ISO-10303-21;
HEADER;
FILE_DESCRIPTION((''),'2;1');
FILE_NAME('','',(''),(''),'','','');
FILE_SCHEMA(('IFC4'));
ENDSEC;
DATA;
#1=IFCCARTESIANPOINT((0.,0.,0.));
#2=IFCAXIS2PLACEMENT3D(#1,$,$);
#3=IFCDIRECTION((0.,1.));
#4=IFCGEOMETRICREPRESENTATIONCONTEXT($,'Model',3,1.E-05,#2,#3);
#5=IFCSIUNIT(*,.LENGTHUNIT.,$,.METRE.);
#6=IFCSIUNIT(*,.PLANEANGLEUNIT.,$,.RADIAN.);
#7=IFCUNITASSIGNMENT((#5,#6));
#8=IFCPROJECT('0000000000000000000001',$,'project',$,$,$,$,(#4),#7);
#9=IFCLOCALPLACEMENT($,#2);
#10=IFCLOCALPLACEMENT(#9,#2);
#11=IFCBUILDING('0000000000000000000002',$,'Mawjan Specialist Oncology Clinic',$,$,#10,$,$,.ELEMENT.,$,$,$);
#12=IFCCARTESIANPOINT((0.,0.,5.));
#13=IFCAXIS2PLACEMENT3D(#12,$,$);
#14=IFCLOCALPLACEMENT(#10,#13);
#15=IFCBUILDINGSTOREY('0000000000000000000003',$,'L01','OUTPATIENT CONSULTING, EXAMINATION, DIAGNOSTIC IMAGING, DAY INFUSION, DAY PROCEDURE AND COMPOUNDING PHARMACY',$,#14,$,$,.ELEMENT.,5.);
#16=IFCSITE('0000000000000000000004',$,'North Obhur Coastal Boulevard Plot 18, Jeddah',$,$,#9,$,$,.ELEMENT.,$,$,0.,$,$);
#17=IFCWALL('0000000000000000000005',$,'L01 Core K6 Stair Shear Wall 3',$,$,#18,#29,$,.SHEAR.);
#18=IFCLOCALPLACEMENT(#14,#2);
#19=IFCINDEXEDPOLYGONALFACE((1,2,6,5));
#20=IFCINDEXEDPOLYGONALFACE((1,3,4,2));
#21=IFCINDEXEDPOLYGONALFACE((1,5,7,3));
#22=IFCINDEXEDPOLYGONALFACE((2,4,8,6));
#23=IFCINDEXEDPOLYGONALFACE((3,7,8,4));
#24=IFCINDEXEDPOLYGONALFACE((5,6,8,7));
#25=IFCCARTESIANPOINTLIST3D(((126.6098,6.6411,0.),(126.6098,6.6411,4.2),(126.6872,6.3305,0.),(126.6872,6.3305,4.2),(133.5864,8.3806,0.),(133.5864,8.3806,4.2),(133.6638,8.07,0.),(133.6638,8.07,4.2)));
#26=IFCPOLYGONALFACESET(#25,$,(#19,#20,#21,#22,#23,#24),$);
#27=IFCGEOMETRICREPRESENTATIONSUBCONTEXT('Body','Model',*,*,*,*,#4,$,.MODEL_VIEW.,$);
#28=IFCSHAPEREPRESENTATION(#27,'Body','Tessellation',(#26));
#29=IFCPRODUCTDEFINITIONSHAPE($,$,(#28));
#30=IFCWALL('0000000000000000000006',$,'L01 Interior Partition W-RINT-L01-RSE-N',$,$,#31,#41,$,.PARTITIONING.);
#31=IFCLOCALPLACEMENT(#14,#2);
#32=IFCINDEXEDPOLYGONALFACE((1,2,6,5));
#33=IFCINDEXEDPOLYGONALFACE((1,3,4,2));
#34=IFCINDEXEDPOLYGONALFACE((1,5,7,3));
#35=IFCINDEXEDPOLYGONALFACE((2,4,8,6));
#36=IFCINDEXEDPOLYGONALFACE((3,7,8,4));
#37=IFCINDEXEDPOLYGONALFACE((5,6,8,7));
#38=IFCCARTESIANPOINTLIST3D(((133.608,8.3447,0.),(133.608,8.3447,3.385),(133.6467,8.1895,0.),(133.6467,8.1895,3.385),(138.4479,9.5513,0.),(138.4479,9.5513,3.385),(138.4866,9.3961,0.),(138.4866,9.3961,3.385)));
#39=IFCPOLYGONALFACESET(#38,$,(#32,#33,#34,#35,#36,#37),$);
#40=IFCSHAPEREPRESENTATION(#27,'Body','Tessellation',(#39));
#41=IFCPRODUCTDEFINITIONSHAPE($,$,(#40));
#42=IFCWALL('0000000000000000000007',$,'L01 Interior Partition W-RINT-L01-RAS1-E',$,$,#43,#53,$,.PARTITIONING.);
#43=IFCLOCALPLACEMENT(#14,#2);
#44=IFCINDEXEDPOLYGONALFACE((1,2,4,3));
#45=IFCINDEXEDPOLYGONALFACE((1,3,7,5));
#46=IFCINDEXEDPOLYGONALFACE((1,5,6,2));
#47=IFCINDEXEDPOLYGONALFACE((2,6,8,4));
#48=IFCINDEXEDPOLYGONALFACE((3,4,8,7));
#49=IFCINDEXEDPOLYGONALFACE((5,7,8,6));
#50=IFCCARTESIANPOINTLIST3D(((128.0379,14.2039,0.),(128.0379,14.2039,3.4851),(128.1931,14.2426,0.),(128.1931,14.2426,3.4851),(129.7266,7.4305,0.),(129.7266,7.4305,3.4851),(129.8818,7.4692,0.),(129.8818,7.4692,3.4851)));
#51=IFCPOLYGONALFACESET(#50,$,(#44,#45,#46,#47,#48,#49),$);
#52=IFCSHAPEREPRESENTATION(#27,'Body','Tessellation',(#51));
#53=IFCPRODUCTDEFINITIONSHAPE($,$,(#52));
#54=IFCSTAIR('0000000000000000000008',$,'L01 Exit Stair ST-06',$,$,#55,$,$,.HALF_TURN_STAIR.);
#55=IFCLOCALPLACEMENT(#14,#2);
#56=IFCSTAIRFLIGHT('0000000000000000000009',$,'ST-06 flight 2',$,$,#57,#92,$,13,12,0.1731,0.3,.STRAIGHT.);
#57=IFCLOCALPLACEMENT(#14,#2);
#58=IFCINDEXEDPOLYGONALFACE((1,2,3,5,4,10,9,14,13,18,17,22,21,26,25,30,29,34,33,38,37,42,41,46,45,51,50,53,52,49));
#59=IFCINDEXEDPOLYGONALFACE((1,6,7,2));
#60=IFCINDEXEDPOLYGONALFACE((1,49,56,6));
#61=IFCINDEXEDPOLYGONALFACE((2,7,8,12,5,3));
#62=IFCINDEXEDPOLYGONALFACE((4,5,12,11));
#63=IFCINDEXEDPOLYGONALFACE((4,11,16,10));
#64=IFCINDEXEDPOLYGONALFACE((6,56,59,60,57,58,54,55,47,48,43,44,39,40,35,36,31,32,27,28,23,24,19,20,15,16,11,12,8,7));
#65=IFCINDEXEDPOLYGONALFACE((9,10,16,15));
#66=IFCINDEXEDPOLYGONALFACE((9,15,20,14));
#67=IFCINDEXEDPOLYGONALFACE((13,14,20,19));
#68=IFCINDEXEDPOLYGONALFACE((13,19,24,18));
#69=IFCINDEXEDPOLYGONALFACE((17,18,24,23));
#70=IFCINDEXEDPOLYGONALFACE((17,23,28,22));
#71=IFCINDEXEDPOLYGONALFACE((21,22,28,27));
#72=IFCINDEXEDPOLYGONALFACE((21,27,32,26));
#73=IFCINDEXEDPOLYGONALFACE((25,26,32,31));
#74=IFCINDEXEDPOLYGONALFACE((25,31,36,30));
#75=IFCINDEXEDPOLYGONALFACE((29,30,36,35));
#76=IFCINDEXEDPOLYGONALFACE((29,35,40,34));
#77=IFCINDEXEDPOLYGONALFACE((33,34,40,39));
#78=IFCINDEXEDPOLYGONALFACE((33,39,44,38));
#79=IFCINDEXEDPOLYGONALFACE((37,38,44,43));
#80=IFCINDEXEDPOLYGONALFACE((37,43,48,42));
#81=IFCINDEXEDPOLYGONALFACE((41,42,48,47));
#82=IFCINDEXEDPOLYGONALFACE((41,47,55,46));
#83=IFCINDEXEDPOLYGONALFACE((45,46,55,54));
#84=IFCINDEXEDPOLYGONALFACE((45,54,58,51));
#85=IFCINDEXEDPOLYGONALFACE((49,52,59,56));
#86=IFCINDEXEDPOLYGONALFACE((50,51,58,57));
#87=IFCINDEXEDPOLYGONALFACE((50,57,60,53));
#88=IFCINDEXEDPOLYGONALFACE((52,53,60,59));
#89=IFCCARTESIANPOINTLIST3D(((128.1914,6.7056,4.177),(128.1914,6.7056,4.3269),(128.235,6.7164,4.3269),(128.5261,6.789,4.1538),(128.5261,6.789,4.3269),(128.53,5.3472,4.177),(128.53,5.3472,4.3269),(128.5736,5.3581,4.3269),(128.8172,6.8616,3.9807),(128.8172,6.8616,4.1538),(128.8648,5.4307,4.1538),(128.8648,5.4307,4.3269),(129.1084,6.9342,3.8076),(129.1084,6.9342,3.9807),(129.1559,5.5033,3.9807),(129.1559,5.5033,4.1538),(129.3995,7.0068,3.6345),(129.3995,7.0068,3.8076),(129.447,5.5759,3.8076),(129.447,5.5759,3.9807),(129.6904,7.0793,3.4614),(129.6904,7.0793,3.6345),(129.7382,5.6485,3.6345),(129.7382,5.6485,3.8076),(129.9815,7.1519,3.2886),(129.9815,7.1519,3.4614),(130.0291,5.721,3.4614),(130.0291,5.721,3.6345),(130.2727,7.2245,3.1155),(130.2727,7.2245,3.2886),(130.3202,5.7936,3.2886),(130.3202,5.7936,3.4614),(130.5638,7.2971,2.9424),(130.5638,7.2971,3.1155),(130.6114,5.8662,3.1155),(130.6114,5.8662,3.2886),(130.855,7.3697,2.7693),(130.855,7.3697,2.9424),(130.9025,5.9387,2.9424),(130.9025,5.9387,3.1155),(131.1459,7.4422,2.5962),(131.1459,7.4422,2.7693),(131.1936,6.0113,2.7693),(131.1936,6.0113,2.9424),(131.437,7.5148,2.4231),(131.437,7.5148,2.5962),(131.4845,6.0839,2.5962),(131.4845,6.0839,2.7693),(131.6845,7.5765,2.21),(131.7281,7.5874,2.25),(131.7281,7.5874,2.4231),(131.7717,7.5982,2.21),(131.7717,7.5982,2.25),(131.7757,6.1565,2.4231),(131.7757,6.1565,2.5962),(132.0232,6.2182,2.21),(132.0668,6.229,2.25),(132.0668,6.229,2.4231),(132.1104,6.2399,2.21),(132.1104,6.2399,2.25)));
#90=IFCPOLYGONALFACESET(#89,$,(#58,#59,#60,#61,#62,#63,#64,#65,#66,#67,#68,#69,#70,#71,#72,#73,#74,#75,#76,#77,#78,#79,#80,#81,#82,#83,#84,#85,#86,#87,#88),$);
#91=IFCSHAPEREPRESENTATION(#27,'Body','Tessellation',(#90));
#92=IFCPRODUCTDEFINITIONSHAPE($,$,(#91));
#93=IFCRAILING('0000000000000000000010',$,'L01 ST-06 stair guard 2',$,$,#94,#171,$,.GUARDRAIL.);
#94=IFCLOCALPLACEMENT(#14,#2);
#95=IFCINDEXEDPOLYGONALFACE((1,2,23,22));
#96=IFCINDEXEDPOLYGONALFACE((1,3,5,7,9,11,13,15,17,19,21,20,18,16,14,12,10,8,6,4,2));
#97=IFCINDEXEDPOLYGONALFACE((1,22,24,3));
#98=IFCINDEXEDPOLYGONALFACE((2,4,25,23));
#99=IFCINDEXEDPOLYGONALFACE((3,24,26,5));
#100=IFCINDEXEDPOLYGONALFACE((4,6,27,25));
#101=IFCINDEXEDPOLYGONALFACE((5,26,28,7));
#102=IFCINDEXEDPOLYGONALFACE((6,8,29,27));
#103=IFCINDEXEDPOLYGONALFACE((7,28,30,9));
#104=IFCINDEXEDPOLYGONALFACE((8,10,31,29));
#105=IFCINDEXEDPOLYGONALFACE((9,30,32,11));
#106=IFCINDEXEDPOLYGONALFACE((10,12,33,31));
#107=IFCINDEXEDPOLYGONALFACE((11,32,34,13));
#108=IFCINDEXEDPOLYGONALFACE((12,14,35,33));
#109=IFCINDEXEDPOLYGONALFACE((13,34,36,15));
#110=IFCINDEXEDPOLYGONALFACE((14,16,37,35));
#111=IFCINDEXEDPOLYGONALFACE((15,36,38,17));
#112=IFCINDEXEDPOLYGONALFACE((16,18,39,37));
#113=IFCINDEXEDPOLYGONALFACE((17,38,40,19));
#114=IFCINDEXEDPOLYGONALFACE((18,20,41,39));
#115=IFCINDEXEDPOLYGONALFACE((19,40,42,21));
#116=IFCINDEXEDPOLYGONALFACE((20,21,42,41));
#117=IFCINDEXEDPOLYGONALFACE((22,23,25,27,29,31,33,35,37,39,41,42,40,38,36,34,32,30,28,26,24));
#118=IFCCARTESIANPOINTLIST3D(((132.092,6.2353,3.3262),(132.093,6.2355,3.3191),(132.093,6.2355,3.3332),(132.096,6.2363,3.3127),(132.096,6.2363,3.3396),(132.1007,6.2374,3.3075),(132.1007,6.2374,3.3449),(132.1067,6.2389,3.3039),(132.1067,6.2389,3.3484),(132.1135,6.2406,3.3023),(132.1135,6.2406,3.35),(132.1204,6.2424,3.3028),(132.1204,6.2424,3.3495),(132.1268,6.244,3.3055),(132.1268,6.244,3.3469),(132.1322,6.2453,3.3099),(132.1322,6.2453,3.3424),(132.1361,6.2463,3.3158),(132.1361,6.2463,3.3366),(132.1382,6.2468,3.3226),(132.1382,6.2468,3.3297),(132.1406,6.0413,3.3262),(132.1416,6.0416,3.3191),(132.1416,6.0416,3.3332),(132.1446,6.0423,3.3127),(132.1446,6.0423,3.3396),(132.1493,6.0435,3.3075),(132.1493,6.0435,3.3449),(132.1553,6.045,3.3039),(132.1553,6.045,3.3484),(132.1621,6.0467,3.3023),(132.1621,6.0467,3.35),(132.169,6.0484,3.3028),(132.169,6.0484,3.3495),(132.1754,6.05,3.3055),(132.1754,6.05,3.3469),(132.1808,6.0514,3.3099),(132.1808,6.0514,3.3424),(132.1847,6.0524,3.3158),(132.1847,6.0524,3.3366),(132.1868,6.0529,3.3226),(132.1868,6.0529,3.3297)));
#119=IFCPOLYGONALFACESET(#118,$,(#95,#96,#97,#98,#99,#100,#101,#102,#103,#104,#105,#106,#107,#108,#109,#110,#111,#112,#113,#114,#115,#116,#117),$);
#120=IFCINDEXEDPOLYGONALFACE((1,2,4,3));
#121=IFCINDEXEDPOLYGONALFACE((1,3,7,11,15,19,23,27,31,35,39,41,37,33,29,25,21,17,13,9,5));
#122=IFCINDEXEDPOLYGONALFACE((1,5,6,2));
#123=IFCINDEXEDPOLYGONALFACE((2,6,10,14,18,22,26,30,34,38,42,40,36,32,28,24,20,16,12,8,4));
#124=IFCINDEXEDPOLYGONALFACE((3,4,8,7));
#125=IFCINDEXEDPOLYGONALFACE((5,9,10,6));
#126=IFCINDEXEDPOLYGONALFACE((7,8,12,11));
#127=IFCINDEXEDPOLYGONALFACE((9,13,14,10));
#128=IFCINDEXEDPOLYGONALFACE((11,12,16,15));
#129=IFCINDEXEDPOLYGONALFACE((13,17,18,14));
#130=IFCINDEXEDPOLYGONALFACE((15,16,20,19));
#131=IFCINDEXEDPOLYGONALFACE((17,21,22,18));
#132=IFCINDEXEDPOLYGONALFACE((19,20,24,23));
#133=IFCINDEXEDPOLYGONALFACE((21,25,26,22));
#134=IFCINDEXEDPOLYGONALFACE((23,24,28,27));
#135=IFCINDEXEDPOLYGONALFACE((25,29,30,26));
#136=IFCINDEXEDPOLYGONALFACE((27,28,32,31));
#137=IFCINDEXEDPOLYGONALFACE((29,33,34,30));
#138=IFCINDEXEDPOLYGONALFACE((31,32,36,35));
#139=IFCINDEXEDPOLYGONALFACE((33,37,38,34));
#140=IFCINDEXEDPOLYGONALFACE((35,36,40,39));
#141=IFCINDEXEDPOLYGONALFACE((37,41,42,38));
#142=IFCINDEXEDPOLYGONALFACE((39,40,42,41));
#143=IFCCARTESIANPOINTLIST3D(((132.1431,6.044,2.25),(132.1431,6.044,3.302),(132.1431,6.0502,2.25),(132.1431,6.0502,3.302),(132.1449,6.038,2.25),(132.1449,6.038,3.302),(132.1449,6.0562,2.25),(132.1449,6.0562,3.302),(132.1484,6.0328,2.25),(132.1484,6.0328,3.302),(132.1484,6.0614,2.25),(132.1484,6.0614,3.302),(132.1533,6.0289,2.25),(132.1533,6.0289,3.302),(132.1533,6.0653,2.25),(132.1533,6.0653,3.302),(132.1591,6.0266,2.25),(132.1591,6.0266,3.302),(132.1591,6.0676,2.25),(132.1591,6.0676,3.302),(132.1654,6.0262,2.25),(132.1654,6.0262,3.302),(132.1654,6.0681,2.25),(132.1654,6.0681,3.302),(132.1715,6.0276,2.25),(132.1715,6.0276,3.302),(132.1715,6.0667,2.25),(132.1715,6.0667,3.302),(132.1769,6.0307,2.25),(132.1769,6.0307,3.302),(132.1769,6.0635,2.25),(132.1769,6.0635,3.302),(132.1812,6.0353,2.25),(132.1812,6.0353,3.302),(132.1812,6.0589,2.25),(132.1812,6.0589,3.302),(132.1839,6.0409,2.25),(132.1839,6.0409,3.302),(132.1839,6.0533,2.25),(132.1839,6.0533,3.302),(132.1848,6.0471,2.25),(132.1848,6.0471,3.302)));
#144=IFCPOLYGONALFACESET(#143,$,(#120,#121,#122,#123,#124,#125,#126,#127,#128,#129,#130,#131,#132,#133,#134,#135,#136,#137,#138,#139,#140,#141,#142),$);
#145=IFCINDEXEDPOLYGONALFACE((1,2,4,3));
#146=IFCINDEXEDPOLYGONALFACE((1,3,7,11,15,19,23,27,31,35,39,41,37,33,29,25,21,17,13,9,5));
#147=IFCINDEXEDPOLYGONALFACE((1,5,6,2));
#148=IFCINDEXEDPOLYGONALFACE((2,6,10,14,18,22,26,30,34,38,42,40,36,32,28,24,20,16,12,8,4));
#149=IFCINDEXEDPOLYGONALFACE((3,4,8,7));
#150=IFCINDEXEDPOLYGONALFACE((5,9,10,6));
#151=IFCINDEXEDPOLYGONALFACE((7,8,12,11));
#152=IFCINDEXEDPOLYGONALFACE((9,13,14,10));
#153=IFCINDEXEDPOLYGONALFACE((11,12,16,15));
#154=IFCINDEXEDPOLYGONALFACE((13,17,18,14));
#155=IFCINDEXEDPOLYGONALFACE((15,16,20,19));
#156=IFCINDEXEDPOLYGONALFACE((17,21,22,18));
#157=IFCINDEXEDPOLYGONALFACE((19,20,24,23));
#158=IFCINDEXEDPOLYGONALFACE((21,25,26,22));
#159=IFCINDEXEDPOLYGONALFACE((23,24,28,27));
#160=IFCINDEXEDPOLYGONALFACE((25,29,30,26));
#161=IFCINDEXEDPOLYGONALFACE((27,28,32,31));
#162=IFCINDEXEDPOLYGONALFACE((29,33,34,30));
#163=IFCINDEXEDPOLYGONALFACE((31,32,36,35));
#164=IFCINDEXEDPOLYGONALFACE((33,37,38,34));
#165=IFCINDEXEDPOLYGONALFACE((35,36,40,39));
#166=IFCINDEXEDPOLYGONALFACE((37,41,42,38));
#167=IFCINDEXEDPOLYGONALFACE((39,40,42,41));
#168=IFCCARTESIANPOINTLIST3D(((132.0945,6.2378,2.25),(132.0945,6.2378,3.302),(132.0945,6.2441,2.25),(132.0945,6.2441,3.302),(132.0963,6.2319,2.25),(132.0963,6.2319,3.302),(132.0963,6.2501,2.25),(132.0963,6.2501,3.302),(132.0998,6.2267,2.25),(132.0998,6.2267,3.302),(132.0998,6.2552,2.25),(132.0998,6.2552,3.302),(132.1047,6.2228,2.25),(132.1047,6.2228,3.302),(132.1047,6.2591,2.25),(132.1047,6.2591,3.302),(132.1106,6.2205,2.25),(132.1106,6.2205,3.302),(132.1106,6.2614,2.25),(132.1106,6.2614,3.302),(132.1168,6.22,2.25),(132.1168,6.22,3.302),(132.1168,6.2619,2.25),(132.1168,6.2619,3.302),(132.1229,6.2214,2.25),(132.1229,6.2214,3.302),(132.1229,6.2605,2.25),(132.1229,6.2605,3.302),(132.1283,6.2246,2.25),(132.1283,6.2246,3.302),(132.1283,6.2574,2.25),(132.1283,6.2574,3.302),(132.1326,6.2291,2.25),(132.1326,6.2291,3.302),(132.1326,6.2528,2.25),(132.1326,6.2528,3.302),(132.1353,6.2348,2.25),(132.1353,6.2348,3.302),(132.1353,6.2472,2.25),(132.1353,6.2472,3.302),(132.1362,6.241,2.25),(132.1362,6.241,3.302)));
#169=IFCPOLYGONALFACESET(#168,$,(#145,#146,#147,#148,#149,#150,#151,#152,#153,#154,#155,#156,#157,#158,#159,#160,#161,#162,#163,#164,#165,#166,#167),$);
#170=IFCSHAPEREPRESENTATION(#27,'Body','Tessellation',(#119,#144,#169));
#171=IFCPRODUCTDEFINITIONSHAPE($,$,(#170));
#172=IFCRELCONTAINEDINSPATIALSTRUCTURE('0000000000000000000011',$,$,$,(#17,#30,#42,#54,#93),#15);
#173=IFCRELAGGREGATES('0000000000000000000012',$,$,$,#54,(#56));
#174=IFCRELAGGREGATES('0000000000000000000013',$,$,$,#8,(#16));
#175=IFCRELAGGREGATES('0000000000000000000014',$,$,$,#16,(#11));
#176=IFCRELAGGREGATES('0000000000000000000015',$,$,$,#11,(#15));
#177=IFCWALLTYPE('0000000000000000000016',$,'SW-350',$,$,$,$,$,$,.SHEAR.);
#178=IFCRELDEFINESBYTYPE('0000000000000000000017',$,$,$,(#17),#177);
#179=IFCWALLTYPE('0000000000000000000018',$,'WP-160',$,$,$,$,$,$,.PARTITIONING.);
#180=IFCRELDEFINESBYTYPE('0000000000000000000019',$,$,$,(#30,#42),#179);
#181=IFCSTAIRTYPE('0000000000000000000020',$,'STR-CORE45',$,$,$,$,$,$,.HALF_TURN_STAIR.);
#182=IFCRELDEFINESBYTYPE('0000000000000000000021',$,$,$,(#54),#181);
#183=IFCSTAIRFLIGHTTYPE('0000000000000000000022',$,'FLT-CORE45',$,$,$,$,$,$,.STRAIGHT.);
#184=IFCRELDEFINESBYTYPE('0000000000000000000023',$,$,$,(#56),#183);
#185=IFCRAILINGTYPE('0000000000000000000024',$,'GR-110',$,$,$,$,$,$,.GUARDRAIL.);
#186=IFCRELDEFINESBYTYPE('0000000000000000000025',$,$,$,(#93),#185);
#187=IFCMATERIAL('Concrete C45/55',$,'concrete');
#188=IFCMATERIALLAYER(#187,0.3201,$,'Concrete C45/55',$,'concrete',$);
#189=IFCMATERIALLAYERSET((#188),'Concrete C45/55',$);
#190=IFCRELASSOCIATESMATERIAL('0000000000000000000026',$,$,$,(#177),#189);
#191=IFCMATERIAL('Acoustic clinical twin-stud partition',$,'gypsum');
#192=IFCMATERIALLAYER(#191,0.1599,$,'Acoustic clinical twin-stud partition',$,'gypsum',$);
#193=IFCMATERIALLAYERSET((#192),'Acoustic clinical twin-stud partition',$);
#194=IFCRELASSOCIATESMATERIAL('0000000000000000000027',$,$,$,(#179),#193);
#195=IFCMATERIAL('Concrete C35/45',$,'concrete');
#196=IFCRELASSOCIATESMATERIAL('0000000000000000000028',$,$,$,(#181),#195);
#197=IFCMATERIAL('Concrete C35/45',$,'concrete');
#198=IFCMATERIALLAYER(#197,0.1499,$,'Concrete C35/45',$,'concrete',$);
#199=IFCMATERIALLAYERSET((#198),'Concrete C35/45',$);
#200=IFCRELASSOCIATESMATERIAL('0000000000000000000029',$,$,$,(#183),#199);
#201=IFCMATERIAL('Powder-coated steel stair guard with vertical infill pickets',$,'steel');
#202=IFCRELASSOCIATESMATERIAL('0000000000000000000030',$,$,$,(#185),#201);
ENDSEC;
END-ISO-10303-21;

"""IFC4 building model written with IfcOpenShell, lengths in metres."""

from ifc_helpers import new_model, si_unit, direction, frame, frame_2d, origin, origin_2d, place, context, subcontext, project, spatial, polyline, rectangle, circle, outline, extrude, material, layer, layer_set, type_object, element, aggregate, save


model = new_model("IFC4")

# Units and contexts
model_context = context("Model", 3, precision=1e-05, world=origin(), true_north=direction((0.0, 1.0)))
body_context = subcontext(model_context, "Body", "Model", "MODEL_VIEW")
ifc_project = project(units=[si_unit("LENGTHUNIT", "METRE"), si_unit("PLANEANGLEUNIT", "RADIAN")], contexts=[model_context])

# Site, building, storey
site_placement = place(None, origin())
site = spatial("IfcSite", under=ifc_project, at=site_placement, Name="North Obhur Coastal Boulevard Plot 18, Jeddah", CompositionType="ELEMENT", RefElevation=0.0)
building_placement = place(site_placement, origin())
building = spatial("IfcBuilding", under=site, at=building_placement, Name="Mawjan Specialist Oncology Clinic", CompositionType="ELEMENT")
storey_placement = place(building_placement, frame((0.0, 0.0, 5.0)))
storey = spatial("IfcBuildingStorey", under=building, at=storey_placement, Name="L01", Description="OUTPATIENT CONSULTING, EXAMINATION, DIAGNOSTIC IMAGING, DAY INFUSION, DAY PROCEDURE AND COMPOUNDING PHARMACY", CompositionType="ELEMENT", Elevation=5.0)

# Walls
ifc_material_1 = material(Name="Concrete C45/55", Category="concrete")
ifc_layer_1 = layer(ifc_material_1, 0.3201, Name="Concrete C45/55", Category="concrete")
ifc_layer_set_1 = layer_set([ifc_layer_1], Name="Concrete C45/55")
wall_type_1 = type_object("IfcWallType", Name="SW-350", PredefinedType="SHEAR", material=ifc_layer_set_1)
wall_1_placement = place(storey_placement, frame((133.6252, 8.2253, 0.0), z_axis=(0.0, 0.0, 1.0), x_axis=(-0.970294, -0.241928, 0.0)))
element("IfcWall", 1, at=wall_1_placement, inside=storey, type_object=wall_type_1, Name="L01 Core K6 Stair Shear Wall 3", PredefinedType="SHEAR", context=body_context, shape_type="SweptSolid", body=[
    extrude(rectangle(XDim=7.1902, YDim=0.3201, at=frame_2d((3.5952, 0.0))), origin(), (0.0, 0.0, 1.0), 4.2),
])
ifc_material_2 = material(Name="Acoustic clinical twin-stud partition", Category="gypsum")
ifc_layer_2 = layer(ifc_material_2, 0.1599, Name="Acoustic clinical twin-stud partition", Category="gypsum")
ifc_layer_set_2 = layer_set([ifc_layer_2], Name="Acoustic clinical twin-stud partition")
wall_type_2 = type_object("IfcWallType", Name="WP-160", PredefinedType="PARTITIONING", material=ifc_layer_set_2)
wall_2_placement = place(storey_placement, frame((133.6272, 8.2671, 0.0), z_axis=(0.0, 0.0, 1.0), x_axis=(0.970304, 0.241891, 0.0)))
element("IfcWall", 2, at=wall_2_placement, inside=storey, type_object=wall_type_2, Name="L01 Interior Partition W-RINT-L01-RSE-N", PredefinedType="PARTITIONING", context=body_context, shape_type="SweptSolid", body=[
    extrude(rectangle(XDim=4.988, YDim=0.1599, at=frame_2d((2.4941, 0.0))), origin(), (0.0, 0.0, 1.0), 3.385),
])
wall_3_placement = place(storey_placement, frame((129.8042, 7.45, 0.0), z_axis=(0.0, 0.0, 1.0), x_axis=(-0.24191, 0.970299, 0.0)))
element("IfcWall", 3, at=wall_3_placement, inside=storey, type_object=wall_type_2, Name="L01 Interior Partition W-RINT-L01-RAS1-E", PredefinedType="PARTITIONING", context=body_context, shape_type="SweptSolid", body=[
    extrude(rectangle(XDim=6.9807, YDim=0.1599, at=frame_2d((3.4902, 0.0))), origin(), (0.0, 0.0, 1.0), 3.4851),
])

# Stair, stair flight
ifc_material_3 = material(Name="Concrete C35/45", Category="concrete")
stair_type = type_object("IfcStairType", Name="STR-CORE45", PredefinedType="HALF_TURN_STAIR", material=ifc_material_3)
stair_placement = place(storey_placement, origin())
stair = element("IfcStair", 4, at=stair_placement, inside=storey, type_object=stair_type, Name="L01 Exit Stair ST-06", PredefinedType="HALF_TURN_STAIR")
ifc_material_4 = material(Name="Concrete C35/45", Category="concrete")
ifc_layer_3 = layer(ifc_material_4, 0.1499, Name="Concrete C35/45", Category="concrete")
ifc_layer_set_3 = layer_set([ifc_layer_3], Name="Concrete C35/45")
stair_flight_type = type_object("IfcStairFlightType", Name="FLT-CORE45", PredefinedType="STRAIGHT", material=ifc_layer_set_3)
stair_flight_placement = place(storey_placement, frame((131.8975, 6.9082, 2.25), z_axis=(0.0, 0.0, 1.0), x_axis=(-0.970296, -0.241922, 0.0)))
stair_flight = element("IfcStairFlight", 5, at=stair_flight_placement, type_object=stair_flight_type, Name="ST-06 flight 2", NumberOfRisers=13, NumberOfTreads=12, PredefinedType="STRAIGHT", RiserHeight=0.1731, TreadLength=0.3, context=body_context, shape_type="SweptSolid", body=[
    extrude(outline(polyline([(-0.0449, -0.04), (-0.0449, 0.0), (0.0, 0.0), (0.0, 0.1731), (0.3, 0.1731), (0.3, 0.3462), (0.6001, 0.3462), (0.6001, 0.5193), (0.8999, 0.5193), (0.8999, 0.6924), (1.2, 0.6924), (1.2, 0.8655), (1.5, 0.8655), (1.5, 1.0386), (1.8, 1.0386), (1.8, 1.2114), (2.1001, 1.2114), (2.1001, 1.3845), (2.3999, 1.3845), (2.3999, 1.5576), (2.7, 1.5576), (2.7, 1.7307), (3.0, 1.7307), (3.0, 1.9038), (3.3, 1.9038), (3.3, 2.0769), (3.6001, 2.0769), (3.645, 2.0769), (3.645, 1.927), (0.0449, -0.04), (-0.0449, -0.04)])), frame((0.0, 0.7, 0.0), z_axis=(0.0, -1.0, 0.0), x_axis=(1.0, 0.0, 0.0)), (0.0, 0.0, 1.0), 1.3999),
])
aggregate(stair, [stair_flight])

# Railing
ifc_material_5 = material(Name="Powder-coated steel stair guard with vertical infill pickets", Category="steel")
railing_type_1 = type_object("IfcRailingType", Name="GR-110", PredefinedType="GUARDRAIL", material=ifc_material_5)
railing_1_placement = place(storey_placement, frame((132.1638, 6.0471, 2.25)))
element("IfcRailing", 6, at=railing_1_placement, inside=storey, type_object=railing_type_1, Name="L01 ST-06 stair guard 2", PredefinedType="GUARDRAIL", context=body_context, shape_type="SweptSolid", body=[
    extrude(circle(Radius=0.0239, at=origin_2d()), frame((0.0, 0.0, 1.0762), z_axis=(-0.24311, 0.969999, 0.0), x_axis=(-0.969999, -0.24311, 0.0)), (0.0, 0.0, 1.0), 0.2),
    extrude(circle(Radius=0.021, at=origin_2d()), origin(), (0.0, 0.0, 1.0), 1.052),
    extrude(circle(Radius=0.021, at=origin_2d()), frame((-0.0486, 0.1938, 0.0)), (0.0, 0.0, 1.0), 1.052),
])

save(model, "model.ifc")
